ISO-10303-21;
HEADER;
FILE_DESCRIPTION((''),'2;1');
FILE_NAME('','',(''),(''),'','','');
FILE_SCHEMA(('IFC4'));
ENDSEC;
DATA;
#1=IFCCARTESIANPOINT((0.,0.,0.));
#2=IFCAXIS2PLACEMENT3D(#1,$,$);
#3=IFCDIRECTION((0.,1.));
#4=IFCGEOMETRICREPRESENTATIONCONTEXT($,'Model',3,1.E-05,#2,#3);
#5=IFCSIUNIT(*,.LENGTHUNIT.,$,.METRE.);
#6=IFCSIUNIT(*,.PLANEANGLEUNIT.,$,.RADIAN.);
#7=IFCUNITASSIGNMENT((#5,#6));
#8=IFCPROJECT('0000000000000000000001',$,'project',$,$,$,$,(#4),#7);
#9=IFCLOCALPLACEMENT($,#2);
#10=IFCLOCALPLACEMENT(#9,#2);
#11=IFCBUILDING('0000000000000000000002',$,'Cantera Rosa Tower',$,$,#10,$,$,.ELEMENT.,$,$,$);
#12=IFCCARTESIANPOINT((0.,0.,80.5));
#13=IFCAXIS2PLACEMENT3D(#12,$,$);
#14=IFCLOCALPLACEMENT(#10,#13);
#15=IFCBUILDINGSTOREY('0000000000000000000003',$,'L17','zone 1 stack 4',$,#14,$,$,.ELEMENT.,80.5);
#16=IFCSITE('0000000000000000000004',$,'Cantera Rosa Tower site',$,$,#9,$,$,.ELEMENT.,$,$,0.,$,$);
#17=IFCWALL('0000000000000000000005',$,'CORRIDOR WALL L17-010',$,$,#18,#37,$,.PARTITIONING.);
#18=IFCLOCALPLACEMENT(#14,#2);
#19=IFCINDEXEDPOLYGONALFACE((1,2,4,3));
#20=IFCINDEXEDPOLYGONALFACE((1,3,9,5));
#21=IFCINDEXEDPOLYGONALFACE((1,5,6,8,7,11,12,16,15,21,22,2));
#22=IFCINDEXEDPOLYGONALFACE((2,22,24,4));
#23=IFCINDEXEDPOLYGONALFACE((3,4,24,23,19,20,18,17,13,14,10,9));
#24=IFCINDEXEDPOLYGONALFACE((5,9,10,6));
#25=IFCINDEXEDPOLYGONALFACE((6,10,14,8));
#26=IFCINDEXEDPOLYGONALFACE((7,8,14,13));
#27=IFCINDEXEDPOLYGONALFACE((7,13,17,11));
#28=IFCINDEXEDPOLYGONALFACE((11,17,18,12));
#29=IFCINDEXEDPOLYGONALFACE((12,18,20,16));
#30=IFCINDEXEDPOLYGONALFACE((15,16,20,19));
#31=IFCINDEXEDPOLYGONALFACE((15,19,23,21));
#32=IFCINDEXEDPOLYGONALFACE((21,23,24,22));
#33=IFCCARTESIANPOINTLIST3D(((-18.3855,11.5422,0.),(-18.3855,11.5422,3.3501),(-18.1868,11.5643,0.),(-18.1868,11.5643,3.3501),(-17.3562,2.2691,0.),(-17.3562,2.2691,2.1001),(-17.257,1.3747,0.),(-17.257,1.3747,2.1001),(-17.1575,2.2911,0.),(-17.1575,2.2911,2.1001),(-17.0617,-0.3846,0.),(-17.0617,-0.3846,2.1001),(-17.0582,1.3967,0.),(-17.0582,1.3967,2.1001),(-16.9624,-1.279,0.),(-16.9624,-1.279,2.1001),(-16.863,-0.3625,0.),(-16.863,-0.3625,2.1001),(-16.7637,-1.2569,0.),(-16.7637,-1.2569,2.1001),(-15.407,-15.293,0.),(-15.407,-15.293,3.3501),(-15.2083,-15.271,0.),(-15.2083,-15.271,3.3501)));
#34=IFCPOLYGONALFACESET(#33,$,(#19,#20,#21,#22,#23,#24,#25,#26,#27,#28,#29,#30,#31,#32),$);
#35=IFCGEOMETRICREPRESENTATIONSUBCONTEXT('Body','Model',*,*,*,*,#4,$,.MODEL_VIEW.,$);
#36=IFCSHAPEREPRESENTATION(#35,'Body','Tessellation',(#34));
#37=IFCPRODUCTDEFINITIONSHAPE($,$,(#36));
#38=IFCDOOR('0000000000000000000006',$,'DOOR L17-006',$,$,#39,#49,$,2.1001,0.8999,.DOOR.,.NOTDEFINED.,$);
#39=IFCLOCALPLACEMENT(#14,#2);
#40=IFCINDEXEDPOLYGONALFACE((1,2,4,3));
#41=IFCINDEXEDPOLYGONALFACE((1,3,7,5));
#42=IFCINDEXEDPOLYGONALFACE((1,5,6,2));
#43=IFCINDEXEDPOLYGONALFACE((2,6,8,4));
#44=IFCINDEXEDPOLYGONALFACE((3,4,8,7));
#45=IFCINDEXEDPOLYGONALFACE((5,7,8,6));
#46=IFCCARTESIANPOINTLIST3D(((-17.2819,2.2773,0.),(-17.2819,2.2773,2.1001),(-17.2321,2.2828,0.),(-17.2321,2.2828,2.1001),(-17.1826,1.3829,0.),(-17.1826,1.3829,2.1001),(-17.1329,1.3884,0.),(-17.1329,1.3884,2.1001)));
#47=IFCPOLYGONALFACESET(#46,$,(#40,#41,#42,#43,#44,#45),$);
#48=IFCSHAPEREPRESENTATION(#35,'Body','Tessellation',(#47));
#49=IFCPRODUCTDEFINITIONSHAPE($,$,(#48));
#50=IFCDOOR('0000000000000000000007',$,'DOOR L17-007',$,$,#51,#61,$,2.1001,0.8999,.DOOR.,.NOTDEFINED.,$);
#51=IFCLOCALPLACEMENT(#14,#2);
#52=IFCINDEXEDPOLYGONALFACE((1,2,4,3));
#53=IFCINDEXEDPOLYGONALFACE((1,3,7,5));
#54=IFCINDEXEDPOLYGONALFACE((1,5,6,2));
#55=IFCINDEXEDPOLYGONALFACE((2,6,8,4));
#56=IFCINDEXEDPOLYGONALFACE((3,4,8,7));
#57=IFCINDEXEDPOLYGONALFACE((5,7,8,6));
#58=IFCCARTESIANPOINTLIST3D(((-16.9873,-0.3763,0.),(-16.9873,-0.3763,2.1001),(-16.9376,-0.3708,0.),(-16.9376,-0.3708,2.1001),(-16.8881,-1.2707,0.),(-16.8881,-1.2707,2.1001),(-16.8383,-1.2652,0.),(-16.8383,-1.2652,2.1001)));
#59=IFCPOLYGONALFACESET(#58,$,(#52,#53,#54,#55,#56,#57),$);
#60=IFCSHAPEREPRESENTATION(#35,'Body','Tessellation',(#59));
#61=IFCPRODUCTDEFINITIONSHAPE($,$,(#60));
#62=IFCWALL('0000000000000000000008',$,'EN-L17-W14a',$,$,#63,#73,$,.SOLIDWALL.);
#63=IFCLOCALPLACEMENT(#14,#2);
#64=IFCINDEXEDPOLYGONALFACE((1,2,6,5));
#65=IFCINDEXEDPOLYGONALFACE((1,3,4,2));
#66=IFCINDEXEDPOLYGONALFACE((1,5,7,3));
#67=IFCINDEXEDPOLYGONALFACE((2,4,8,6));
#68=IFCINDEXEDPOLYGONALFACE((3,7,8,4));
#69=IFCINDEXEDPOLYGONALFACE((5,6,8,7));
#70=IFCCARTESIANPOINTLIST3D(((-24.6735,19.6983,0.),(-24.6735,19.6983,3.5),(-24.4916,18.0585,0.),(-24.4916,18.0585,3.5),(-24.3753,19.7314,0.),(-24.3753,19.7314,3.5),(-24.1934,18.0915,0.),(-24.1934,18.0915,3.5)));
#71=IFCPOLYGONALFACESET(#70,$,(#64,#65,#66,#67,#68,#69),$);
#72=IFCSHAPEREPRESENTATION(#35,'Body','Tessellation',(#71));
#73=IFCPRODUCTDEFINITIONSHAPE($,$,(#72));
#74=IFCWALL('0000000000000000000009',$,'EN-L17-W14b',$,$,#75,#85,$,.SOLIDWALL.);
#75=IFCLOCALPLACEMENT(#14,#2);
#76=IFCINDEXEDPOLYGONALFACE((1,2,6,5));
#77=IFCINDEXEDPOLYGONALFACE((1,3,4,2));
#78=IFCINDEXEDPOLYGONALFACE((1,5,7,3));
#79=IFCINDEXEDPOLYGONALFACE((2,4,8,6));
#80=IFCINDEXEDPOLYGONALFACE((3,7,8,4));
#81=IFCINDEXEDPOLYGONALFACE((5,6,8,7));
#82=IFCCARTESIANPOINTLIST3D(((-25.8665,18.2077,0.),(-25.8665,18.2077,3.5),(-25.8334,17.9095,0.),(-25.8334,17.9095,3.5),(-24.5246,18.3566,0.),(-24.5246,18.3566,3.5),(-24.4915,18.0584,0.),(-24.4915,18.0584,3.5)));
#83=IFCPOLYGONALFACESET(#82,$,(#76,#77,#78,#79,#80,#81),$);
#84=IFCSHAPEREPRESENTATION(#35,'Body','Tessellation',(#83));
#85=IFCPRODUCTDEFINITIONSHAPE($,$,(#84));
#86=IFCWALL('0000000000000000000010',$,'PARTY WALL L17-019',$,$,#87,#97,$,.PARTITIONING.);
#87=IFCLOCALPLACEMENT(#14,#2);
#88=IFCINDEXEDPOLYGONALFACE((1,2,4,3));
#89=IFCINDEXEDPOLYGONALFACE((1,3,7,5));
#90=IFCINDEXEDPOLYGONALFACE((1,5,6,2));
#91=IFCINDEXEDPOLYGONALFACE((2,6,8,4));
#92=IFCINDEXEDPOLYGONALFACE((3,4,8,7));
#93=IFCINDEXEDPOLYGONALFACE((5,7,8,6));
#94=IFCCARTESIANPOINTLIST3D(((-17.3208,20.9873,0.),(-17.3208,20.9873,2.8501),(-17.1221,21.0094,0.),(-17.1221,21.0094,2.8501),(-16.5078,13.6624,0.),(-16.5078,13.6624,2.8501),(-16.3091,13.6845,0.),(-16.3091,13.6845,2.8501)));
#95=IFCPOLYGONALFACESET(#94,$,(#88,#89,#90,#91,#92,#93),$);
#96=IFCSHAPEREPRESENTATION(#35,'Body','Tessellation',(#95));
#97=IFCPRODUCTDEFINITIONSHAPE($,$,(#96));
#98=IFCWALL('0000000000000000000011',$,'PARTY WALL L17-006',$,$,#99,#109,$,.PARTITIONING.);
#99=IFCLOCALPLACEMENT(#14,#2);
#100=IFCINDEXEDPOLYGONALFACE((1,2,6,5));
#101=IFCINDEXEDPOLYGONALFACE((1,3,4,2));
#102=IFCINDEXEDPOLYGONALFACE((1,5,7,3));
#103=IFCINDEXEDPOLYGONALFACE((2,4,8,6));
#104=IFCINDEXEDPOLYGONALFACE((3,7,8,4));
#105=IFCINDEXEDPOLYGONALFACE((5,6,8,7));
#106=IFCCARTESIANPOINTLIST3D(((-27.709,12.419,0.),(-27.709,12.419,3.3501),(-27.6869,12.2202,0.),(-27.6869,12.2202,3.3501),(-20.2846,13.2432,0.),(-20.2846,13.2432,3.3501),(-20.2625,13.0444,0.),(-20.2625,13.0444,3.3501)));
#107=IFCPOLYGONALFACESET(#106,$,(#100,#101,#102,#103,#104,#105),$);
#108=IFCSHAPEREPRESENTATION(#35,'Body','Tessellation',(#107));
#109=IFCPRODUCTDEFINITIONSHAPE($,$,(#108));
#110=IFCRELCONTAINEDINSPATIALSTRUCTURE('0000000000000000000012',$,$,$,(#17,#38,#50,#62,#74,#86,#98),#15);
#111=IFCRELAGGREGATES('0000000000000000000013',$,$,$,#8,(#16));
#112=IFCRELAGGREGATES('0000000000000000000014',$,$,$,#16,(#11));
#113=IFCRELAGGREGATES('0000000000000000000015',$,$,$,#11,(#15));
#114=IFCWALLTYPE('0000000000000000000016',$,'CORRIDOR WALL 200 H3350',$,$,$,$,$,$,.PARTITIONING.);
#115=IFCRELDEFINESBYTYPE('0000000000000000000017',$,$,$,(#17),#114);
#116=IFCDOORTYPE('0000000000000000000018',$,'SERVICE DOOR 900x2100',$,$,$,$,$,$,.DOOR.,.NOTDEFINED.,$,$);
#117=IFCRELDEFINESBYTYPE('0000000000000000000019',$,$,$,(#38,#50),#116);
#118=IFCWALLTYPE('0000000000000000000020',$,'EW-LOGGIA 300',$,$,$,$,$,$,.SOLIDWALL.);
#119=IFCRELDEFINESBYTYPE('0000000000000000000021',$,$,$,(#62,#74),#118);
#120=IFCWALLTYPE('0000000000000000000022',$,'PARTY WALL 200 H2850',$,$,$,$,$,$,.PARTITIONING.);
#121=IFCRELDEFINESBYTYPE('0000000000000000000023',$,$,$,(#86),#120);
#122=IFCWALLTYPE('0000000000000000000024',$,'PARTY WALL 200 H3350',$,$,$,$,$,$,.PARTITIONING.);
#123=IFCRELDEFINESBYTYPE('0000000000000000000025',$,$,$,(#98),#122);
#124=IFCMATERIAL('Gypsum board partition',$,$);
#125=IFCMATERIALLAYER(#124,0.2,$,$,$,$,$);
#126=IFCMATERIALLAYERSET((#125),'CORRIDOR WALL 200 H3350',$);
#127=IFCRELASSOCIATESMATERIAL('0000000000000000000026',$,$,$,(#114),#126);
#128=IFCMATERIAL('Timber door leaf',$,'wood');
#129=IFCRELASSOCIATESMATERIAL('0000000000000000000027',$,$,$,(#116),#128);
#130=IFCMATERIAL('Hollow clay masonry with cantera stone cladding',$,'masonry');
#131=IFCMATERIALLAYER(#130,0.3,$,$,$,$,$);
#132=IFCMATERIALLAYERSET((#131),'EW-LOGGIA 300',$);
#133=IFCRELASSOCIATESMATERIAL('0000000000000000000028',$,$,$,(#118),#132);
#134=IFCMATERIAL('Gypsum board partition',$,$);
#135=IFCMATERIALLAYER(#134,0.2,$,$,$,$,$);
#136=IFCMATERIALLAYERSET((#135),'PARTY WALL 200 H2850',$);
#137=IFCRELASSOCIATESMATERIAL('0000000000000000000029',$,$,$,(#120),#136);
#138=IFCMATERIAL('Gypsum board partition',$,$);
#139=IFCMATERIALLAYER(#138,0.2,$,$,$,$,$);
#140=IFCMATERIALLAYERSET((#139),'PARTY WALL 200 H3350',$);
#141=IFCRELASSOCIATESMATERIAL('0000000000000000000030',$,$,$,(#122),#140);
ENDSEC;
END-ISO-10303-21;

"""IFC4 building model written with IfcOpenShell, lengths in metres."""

from ifc_helpers import new_model, si_unit, direction, frame, frame_2d, origin, place, context, subcontext, project, spatial, rectangle, extrude, material, layer, layer_set, type_object, element, fill, save


model = new_model("IFC4")

# Units and contexts
model_context = context("Model", 3, precision=1e-05, world=origin(), true_north=direction((0.0, 1.0)))
body_context = subcontext(model_context, "Body", "Model", "MODEL_VIEW")
ifc_project = project(units=[si_unit("LENGTHUNIT", "METRE"), si_unit("PLANEANGLEUNIT", "RADIAN")], contexts=[model_context])

# Site, building, storey
site_placement = place(None, origin())
site = spatial("IfcSite", under=ifc_project, at=site_placement, Name="Cantera Rosa Tower site", CompositionType="ELEMENT", RefElevation=0.0)
building_placement = place(site_placement, origin())
building = spatial("IfcBuilding", under=site, at=building_placement, Name="Cantera Rosa Tower", CompositionType="ELEMENT")
storey_placement = place(building_placement, frame((0.0, 0.0, 80.5)))
storey = spatial("IfcBuildingStorey", under=building, at=storey_placement, Name="L17", Description="zone 1 stack 4", CompositionType="ELEMENT", Elevation=80.5)

# Wall, openings, doors
ifc_material_1 = material(Name="Gypsum board partition")
ifc_layer_1 = layer(ifc_material_1, 0.2)
ifc_layer_set_1 = layer_set([ifc_layer_1], Name="CORRIDOR WALL 200 H3350")
wall_type_1 = type_object("IfcWallType", Name="CORRIDOR WALL 200 H3350", PredefinedType="PARTITIONING", material=ifc_layer_set_1)
wall_1_placement = place(storey_placement, frame((-18.2861, 11.5532, 0.0), z_axis=(0.0, 0.0, 1.0), x_axis=(0.110315, -0.993897, 0.0)))
wall_1 = element("IfcWall", 1, at=wall_1_placement, inside=storey, type_object=wall_type_1, Name="CORRIDOR WALL L17-010", PredefinedType="PARTITIONING", context=body_context, shape_type="SweptSolid", body=[
    extrude(rectangle(XDim=27.0, YDim=0.2, at=frame_2d((13.5, 0.0))), origin(), (0.0, 0.0, 1.0), 3.3501),
])
opening_1_placement = place(wall_1_placement, frame((9.3301, 0.0, 0.0)))
opening_1 = element("IfcOpeningElement", 2, at=opening_1_placement, cuts=wall_1, PredefinedType="OPENING", context=body_context, shape_type="SweptSolid", body=[
    extrude(rectangle(XDim=0.8999, YDim=2.1001, at=frame_2d((0.45, 1.05))), frame((0.0, 0.1099, 0.0), z_axis=(0.0, -1.0, 0.0), x_axis=(1.0, 0.0, 0.0)), (0.0, 0.0, 1.0), 0.22),
])
opening_2_placement = place(wall_1_placement, frame((12.0, 0.0, 0.0)))
opening_2 = element("IfcOpeningElement", 3, at=opening_2_placement, cuts=wall_1, PredefinedType="OPENING", context=body_context, shape_type="SweptSolid", body=[
    extrude(rectangle(XDim=0.8999, YDim=2.1001, at=frame_2d((0.45, 1.05))), frame((0.0, 0.1099, 0.0), z_axis=(0.0, -1.0, 0.0), x_axis=(1.0, 0.0, 0.0)), (0.0, 0.0, 1.0), 0.22),
])
ifc_material_2 = material(Name="Timber door leaf", Category="wood")
door_type_1 = type_object("IfcDoorType", Name="SERVICE DOOR 900x2100", OperationType="NOTDEFINED", PredefinedType="DOOR", material=ifc_material_2)
door_1_placement = place(opening_1_placement, origin())
door_1 = element("IfcDoor", 4, at=door_1_placement, inside=storey, type_object=door_type_1, Name="DOOR L17-006", OperationType="NOTDEFINED", OverallHeight=2.1001, OverallWidth=0.8999, PredefinedType="DOOR", context=body_context, shape_type="SweptSolid", body=[
    extrude(rectangle(XDim=0.8999, YDim=2.1001, at=frame_2d((0.45, 1.05))), frame((0.0, 0.0249, 0.0), z_axis=(0.0, -1.0, 0.0), x_axis=(1.0, 0.0, 0.0)), (0.0, 0.0, 1.0), 0.05),
])
fill(opening_1, door_1)
door_2_placement = place(opening_2_placement, origin())
door_2 = element("IfcDoor", 5, at=door_2_placement, inside=storey, type_object=door_type_1, Name="DOOR L17-007", OperationType="NOTDEFINED", OverallHeight=2.1001, OverallWidth=0.8999, PredefinedType="DOOR", context=body_context, shape_type="SweptSolid", body=[
    extrude(rectangle(XDim=0.8999, YDim=2.1001, at=frame_2d((0.45, 1.05))), frame((0.0, 0.0249, 0.0), z_axis=(0.0, -1.0, 0.0), x_axis=(1.0, 0.0, 0.0)), (0.0, 0.0, 1.0), 0.05),
])
fill(opening_2, door_2)

# Walls
ifc_material_3 = material(Name="Hollow clay masonry with cantera stone cladding", Category="masonry")
ifc_layer_2 = layer(ifc_material_3, 0.3)
ifc_layer_set_2 = layer_set([ifc_layer_2], Name="EW-LOGGIA 300")
wall_type_2 = type_object("IfcWallType", Name="EW-LOGGIA 300", PredefinedType="SOLIDWALL", material=ifc_layer_set_2)
wall_2_placement = place(storey_placement, frame((-24.5244, 19.7148, 0.0), z_axis=(0.0, 0.0, 1.0), x_axis=(0.110237, -0.993905, 0.0)))
element("IfcWall", 6, at=wall_2_placement, inside=storey, type_object=wall_type_2, Name="EN-L17-W14a", PredefinedType="SOLIDWALL", context=body_context, shape_type="SweptSolid", body=[
    extrude(rectangle(XDim=1.6499, YDim=0.3, at=frame_2d((0.825, 0.0))), origin(), (0.0, 0.0, 1.0), 3.5),
])
wall_3_placement = place(storey_placement, frame((-24.5081, 18.2075, 0.0), z_axis=(0.0, 0.0, 1.0), x_axis=(-0.993897, -0.110312, 0.0)))
element("IfcWall", 7, at=wall_3_placement, inside=storey, type_object=wall_type_2, Name="EN-L17-W14b", PredefinedType="SOLIDWALL", context=body_context, shape_type="SweptSolid", body=[
    extrude(rectangle(XDim=1.3501, YDim=0.3, at=frame_2d((0.675, 0.0))), origin(), (0.0, 0.0, 1.0), 3.5),
])

# Walls
ifc_material_4 = material(Name="Gypsum board partition")
ifc_layer_3 = layer(ifc_material_4, 0.2)
ifc_layer_set_3 = layer_set([ifc_layer_3], Name="PARTY WALL 200 H2850")
wall_type_3 = type_object("IfcWallType", Name="PARTY WALL 200 H2850", PredefinedType="PARTITIONING", material=ifc_layer_set_3)
wall_4_placement = place(storey_placement, frame((-16.4084, 13.6733, 0.0), z_axis=(0.0, 0.0, 1.0), x_axis=(-0.110312, 0.993897, 0.0)))
element("IfcWall", 8, at=wall_4_placement, inside=storey, type_object=wall_type_3, Name="PARTY WALL L17-019", PredefinedType="PARTITIONING", context=body_context, shape_type="SweptSolid", body=[
    extrude(rectangle(XDim=7.3699, YDim=0.2, at=frame_2d((3.6851, 0.0))), origin(), (0.0, 0.0, 1.0), 2.8501),
])
ifc_material_5 = material(Name="Gypsum board partition")
ifc_layer_4 = layer(ifc_material_5, 0.2)
ifc_layer_set_4 = layer_set([ifc_layer_4], Name="PARTY WALL 200 H3350")
wall_type_4 = type_object("IfcWallType", Name="PARTY WALL 200 H3350", PredefinedType="PARTITIONING", material=ifc_layer_set_4)
wall_5_placement = place(storey_placement, frame((-20.2737, 13.1438, 0.0), z_axis=(0.0, 0.0, 1.0), x_axis=(-0.993894, -0.110338, 0.0)))
element("IfcWall", 9, at=wall_5_placement, inside=storey, type_object=wall_type_4, Name="PARTY WALL L17-006", PredefinedType="PARTITIONING", context=body_context, shape_type="SweptSolid", body=[
    extrude(rectangle(XDim=7.47, YDim=0.2, at=frame_2d((3.7349, 0.0))), origin(), (0.0, 0.0, 1.0), 3.3501),
])

save(model, "model.ifc")
